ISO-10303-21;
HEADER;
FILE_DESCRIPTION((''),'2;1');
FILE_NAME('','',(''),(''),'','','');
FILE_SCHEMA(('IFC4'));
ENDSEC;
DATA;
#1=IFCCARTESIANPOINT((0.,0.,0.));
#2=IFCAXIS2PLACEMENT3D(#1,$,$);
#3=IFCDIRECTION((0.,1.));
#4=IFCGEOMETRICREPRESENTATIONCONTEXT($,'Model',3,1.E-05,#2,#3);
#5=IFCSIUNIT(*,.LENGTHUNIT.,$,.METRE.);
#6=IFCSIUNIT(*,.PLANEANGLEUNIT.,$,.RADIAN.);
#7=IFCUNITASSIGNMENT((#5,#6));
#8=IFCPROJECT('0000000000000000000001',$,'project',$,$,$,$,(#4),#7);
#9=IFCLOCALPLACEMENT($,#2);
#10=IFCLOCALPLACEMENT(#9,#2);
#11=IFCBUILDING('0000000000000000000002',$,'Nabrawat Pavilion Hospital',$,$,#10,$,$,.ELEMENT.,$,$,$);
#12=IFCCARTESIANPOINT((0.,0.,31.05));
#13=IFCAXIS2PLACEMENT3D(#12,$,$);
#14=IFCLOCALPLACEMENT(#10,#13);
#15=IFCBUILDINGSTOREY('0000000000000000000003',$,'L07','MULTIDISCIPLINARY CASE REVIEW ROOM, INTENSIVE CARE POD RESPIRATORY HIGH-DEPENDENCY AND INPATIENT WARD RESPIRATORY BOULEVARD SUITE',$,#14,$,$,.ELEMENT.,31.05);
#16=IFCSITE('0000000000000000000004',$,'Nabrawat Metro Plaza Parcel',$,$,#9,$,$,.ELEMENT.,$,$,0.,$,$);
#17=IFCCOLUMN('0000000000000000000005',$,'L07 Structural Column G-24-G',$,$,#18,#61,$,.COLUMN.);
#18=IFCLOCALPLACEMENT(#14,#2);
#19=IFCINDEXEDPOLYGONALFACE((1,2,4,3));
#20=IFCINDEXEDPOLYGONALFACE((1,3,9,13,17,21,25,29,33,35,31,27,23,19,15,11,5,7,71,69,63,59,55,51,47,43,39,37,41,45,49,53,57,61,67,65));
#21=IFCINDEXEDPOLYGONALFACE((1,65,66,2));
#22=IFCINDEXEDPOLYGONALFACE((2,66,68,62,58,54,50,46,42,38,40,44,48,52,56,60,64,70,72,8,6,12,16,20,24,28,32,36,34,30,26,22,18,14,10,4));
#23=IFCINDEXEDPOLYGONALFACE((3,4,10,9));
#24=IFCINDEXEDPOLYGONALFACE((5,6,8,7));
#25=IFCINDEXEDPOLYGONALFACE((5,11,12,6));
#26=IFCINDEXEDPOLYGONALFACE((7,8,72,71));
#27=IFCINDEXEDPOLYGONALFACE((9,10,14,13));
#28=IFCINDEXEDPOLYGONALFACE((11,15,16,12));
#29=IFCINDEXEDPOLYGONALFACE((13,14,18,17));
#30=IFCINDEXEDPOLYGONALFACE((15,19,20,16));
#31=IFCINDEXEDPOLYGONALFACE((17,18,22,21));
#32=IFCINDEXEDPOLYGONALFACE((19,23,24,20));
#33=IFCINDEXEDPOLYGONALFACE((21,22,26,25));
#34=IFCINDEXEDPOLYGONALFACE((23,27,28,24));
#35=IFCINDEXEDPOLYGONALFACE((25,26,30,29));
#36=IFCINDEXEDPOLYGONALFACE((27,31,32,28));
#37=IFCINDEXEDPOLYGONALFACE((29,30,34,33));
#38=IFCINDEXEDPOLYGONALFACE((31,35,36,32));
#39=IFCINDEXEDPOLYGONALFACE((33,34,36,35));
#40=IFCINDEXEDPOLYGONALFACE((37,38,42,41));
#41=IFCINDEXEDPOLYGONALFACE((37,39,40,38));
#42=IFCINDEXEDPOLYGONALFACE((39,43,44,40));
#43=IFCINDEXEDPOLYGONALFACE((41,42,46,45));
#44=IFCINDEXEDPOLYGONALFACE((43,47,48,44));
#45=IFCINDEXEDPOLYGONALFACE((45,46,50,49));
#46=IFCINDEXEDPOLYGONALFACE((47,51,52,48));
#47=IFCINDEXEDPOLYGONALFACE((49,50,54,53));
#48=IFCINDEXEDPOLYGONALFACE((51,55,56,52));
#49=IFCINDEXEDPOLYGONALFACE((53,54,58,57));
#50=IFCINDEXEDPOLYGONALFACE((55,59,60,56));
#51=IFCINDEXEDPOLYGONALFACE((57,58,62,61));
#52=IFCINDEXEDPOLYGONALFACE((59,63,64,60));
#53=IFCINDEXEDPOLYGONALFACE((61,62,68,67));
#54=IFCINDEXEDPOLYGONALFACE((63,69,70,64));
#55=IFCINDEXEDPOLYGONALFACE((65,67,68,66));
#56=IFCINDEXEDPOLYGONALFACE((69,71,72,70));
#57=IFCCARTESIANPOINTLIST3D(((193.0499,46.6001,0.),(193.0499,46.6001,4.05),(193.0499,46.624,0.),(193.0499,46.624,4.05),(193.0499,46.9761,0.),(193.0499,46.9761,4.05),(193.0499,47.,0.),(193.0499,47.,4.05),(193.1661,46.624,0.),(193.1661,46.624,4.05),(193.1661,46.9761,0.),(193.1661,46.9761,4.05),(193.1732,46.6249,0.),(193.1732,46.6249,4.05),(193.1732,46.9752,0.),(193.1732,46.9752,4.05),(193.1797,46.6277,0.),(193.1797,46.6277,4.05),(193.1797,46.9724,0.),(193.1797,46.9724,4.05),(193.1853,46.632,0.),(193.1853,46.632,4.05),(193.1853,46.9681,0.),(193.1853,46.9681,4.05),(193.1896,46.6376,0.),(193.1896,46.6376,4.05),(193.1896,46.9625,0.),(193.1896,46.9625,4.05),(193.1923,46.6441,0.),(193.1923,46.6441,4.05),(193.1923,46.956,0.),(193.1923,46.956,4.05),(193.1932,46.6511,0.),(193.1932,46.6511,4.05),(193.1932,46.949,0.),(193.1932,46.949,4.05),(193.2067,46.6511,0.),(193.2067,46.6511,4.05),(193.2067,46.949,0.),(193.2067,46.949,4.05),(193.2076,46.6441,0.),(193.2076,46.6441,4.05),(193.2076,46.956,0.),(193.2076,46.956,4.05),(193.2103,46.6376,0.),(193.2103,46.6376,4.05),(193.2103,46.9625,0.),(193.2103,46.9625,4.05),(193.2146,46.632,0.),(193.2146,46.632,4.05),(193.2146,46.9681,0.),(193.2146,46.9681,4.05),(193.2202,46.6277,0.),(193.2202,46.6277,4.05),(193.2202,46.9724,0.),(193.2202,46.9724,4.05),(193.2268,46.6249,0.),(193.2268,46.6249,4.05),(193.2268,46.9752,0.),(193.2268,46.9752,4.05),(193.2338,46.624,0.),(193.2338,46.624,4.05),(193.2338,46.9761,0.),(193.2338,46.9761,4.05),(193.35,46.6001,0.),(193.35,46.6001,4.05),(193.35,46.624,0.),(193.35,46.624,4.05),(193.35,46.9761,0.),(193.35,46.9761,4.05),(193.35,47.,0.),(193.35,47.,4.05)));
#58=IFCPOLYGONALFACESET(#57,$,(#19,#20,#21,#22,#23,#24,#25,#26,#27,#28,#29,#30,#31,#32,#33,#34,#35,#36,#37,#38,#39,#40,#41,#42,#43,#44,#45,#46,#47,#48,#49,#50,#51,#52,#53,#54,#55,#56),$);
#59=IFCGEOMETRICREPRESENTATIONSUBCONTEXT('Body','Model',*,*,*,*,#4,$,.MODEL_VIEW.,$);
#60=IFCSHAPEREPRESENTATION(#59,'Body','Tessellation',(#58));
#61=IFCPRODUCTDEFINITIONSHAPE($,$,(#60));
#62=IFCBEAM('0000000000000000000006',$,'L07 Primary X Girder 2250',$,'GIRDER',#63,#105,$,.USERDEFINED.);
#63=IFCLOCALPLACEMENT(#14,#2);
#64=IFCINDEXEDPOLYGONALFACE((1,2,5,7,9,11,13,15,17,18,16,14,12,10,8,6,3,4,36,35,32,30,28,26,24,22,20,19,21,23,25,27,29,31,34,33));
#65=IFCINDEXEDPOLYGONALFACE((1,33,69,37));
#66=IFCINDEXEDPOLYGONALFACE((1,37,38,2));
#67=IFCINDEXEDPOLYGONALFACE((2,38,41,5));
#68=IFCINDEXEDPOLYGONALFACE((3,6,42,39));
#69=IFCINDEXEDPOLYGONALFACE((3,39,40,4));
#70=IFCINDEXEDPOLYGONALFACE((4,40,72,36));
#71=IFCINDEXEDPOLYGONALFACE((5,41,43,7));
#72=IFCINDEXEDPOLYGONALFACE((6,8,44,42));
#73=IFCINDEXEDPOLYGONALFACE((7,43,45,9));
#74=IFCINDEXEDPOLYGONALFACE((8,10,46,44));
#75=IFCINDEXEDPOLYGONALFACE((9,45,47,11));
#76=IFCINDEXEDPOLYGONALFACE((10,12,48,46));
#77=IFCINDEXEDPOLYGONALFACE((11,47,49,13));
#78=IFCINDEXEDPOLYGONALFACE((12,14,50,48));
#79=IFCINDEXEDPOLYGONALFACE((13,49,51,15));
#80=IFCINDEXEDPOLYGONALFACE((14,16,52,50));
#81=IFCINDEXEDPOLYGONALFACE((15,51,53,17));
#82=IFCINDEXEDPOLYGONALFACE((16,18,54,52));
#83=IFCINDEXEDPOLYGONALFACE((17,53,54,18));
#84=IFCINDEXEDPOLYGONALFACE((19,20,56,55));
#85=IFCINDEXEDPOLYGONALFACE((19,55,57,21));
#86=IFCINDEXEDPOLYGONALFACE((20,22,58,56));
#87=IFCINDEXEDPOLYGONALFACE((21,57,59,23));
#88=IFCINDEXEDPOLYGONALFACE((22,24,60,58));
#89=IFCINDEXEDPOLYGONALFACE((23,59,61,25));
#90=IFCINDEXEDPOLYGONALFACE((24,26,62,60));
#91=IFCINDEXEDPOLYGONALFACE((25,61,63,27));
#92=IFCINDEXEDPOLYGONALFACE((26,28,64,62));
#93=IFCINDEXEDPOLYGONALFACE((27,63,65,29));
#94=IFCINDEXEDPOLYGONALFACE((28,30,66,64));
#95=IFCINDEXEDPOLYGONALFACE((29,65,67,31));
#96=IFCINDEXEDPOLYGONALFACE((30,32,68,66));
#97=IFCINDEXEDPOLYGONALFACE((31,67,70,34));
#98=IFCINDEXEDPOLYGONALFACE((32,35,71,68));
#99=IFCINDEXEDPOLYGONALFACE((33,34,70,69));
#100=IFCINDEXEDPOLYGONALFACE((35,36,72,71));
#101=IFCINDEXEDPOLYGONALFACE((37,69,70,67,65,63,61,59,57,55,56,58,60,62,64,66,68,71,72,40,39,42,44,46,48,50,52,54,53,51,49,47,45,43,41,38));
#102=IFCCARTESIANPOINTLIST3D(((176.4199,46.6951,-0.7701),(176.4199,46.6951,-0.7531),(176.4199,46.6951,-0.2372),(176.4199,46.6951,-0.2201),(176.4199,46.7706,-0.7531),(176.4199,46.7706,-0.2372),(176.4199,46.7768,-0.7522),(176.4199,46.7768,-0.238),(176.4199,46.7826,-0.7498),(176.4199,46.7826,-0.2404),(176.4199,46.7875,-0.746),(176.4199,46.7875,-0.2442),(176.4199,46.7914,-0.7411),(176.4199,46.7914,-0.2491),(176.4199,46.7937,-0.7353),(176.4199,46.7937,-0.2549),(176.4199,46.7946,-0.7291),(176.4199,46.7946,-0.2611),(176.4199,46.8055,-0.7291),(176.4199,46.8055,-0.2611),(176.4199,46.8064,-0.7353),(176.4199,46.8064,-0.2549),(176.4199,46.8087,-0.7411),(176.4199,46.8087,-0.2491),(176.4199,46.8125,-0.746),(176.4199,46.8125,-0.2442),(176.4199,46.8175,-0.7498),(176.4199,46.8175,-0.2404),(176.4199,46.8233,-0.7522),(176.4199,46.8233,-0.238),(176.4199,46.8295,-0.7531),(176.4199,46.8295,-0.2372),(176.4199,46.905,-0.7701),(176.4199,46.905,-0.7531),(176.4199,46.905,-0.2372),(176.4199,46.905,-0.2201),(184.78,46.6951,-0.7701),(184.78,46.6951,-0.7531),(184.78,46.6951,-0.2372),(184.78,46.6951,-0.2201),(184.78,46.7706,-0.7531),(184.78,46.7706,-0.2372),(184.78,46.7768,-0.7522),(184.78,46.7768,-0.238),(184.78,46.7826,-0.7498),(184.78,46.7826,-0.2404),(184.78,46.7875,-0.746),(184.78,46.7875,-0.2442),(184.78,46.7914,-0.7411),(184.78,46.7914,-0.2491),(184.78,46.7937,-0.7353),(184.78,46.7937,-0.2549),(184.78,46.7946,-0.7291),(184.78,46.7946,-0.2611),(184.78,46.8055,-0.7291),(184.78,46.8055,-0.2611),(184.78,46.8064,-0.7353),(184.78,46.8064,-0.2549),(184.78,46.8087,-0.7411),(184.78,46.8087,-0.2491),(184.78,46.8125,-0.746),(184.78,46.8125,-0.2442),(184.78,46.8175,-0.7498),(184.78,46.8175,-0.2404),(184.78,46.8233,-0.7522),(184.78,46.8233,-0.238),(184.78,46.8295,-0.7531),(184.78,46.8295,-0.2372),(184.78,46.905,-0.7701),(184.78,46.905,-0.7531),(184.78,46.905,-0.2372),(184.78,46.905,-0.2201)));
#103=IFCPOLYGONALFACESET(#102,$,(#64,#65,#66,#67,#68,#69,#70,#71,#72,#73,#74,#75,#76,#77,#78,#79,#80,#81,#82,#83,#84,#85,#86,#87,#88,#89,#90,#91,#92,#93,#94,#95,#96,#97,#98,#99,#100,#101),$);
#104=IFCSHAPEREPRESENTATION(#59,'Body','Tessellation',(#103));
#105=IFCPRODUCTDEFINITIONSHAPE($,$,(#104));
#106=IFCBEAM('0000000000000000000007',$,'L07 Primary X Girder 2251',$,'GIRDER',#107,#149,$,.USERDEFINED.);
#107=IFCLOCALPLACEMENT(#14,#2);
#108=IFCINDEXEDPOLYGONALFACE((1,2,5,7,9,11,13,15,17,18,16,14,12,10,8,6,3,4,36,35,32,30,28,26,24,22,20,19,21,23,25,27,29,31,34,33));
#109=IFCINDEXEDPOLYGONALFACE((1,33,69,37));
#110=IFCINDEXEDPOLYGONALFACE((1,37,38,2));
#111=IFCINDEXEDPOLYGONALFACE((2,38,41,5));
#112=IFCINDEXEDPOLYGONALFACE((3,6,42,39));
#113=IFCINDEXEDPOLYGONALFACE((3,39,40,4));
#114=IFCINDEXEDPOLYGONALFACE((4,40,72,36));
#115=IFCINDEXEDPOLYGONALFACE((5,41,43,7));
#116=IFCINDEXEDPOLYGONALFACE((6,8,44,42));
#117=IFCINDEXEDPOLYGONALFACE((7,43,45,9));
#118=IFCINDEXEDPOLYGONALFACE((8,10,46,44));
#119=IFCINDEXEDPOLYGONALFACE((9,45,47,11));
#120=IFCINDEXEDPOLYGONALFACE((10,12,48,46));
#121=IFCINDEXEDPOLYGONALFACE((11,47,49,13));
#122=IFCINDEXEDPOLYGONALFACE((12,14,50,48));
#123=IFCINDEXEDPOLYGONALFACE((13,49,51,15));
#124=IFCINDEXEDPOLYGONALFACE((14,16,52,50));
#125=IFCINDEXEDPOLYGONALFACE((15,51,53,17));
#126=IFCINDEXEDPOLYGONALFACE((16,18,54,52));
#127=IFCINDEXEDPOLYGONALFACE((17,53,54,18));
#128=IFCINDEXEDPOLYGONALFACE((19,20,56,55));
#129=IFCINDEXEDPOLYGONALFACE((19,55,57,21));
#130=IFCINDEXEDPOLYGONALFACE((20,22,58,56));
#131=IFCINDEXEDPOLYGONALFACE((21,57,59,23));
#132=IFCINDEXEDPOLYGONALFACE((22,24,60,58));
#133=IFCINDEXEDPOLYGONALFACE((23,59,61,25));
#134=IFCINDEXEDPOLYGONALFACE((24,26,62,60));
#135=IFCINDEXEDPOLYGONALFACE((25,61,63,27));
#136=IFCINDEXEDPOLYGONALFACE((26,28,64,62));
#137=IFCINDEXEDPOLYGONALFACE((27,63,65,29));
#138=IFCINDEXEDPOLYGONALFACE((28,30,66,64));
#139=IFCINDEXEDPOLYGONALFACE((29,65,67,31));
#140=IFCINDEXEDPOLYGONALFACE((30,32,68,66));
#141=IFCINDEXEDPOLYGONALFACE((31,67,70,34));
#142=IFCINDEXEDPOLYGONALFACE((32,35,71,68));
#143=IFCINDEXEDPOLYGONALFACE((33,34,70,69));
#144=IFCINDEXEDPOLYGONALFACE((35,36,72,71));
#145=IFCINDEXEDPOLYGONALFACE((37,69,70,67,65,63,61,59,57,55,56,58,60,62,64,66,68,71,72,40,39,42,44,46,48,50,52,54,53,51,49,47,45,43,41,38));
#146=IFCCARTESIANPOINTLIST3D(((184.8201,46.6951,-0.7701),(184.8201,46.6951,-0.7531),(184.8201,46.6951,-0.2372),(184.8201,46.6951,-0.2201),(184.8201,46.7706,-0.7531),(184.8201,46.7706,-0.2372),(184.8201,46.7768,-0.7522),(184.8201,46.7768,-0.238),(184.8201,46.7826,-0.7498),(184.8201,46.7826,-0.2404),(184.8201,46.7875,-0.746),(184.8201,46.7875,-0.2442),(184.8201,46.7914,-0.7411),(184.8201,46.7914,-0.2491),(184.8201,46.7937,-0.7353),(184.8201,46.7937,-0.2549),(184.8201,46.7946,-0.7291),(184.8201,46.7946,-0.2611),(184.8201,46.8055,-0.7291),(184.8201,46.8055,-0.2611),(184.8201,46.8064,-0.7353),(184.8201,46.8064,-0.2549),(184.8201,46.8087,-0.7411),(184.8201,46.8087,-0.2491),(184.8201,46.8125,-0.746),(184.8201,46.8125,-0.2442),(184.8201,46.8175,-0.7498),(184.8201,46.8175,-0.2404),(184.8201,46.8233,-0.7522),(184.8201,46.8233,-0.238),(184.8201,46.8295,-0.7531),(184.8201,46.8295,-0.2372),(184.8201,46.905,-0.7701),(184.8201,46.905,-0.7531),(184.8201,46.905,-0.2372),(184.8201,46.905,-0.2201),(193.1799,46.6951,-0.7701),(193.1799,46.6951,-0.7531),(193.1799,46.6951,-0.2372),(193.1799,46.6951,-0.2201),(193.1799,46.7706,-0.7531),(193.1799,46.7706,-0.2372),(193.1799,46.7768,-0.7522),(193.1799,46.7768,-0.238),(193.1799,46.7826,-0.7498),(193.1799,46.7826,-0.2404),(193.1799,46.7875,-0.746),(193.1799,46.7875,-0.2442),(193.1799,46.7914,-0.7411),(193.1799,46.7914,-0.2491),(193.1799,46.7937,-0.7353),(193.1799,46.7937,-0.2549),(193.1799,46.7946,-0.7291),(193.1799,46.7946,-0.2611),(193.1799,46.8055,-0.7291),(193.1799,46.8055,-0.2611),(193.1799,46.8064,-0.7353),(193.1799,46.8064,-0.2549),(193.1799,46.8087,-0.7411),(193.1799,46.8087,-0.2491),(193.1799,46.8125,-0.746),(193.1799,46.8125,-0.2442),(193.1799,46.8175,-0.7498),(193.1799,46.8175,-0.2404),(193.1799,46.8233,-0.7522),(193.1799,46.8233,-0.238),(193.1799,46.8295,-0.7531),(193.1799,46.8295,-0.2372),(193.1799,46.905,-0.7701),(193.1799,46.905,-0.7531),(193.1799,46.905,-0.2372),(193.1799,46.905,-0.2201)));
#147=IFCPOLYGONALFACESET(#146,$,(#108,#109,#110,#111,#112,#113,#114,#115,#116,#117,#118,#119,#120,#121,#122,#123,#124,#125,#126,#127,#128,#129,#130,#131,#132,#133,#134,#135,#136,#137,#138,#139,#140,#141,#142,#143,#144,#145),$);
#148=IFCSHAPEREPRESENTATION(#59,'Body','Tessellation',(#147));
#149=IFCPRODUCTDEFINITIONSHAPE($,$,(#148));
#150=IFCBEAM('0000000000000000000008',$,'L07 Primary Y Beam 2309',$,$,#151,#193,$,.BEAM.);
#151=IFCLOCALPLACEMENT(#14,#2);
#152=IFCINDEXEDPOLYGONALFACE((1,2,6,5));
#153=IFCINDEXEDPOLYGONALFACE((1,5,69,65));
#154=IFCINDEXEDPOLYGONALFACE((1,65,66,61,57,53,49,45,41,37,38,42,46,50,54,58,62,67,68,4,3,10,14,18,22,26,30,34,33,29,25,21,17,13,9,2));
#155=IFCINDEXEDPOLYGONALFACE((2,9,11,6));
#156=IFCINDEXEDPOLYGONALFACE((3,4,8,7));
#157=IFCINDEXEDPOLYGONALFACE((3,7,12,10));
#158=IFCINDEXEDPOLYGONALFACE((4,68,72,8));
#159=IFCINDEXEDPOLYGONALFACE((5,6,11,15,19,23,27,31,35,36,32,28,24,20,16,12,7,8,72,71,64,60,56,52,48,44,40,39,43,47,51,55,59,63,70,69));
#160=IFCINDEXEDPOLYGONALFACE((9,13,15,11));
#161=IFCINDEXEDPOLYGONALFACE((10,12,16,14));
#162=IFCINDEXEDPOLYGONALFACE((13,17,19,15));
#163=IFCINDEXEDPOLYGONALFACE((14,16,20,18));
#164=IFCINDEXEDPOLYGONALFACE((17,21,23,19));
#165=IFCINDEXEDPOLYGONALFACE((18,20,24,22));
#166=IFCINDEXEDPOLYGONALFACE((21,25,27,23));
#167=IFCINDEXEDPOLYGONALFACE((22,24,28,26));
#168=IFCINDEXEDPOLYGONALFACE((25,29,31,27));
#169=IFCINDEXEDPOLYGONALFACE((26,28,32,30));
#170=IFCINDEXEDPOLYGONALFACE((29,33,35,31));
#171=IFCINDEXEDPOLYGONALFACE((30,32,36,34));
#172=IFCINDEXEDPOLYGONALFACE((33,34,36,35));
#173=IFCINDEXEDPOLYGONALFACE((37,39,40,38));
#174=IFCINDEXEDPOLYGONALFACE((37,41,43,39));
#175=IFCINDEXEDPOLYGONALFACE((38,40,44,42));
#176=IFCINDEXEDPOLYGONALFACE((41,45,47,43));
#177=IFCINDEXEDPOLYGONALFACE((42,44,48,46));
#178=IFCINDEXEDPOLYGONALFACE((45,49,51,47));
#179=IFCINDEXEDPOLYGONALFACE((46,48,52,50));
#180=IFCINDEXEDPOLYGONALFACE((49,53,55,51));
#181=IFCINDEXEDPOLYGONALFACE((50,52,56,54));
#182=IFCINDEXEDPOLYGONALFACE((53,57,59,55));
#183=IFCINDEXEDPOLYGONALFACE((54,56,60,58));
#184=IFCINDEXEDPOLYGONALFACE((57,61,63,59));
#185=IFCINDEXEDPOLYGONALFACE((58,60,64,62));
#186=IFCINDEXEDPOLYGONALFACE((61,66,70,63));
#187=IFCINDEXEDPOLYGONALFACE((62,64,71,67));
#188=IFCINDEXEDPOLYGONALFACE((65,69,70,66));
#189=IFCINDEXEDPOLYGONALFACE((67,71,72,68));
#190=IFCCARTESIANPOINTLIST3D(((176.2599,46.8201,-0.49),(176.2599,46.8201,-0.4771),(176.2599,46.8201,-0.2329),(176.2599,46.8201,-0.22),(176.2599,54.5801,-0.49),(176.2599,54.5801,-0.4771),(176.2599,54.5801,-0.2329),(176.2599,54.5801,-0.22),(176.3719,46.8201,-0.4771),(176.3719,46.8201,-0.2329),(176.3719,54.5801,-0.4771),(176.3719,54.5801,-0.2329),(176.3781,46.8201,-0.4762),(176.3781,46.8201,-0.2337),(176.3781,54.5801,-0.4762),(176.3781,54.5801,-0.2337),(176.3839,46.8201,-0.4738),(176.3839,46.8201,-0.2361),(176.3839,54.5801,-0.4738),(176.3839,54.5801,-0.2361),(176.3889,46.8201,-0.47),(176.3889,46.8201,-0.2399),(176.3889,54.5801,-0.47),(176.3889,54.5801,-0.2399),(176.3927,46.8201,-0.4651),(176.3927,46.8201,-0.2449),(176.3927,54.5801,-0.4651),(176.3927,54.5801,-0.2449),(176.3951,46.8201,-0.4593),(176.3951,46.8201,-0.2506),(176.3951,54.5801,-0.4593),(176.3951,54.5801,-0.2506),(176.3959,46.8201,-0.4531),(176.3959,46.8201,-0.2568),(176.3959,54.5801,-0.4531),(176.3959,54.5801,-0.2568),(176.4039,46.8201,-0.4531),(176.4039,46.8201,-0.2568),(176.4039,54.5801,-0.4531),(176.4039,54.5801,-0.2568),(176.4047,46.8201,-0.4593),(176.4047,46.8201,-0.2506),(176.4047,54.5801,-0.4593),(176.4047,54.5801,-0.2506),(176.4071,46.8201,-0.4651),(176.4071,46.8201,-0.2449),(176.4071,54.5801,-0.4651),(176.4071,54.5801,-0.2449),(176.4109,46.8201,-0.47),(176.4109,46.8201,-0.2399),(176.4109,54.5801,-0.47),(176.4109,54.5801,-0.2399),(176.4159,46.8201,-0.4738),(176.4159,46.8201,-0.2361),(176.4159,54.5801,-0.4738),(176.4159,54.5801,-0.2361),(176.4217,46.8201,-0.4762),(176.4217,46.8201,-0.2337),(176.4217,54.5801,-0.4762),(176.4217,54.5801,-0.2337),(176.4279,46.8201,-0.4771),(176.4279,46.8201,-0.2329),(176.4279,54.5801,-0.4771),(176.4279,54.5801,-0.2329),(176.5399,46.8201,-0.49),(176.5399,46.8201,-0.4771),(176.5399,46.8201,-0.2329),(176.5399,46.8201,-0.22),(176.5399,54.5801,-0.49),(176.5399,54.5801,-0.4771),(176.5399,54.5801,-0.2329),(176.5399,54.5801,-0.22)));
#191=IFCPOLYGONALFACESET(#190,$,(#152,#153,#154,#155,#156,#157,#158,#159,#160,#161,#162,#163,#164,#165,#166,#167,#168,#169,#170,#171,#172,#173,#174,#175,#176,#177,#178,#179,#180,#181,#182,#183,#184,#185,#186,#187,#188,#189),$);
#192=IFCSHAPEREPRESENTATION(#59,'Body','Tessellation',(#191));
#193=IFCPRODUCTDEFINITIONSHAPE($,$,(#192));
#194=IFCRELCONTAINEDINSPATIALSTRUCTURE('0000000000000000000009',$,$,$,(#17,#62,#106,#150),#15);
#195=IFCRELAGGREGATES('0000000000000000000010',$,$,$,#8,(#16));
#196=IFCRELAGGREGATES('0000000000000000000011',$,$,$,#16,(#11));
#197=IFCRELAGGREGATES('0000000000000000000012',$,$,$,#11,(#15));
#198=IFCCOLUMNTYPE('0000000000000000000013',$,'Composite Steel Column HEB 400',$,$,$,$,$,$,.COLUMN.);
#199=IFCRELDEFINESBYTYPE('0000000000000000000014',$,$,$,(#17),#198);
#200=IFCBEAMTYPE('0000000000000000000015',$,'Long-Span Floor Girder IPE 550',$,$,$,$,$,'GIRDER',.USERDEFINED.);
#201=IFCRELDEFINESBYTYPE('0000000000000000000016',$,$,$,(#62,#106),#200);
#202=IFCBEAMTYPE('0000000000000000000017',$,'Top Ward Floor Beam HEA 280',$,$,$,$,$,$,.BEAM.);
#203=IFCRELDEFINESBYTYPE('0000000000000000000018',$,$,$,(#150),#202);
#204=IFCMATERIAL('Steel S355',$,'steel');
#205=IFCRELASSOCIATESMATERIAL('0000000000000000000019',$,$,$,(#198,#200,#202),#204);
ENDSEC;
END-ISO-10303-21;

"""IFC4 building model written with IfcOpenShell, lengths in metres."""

from ifc_helpers import new_model, si_unit, direction, frame, origin, origin_2d, place, context, subcontext, project, spatial, i_section, extrude, material, material_profile, profile_set, type_object, element, save


model = new_model("IFC4")

# Units and contexts
model_context = context("Model", 3, precision=1e-05, world=origin(), true_north=direction((0.0, 1.0)))
body_context = subcontext(model_context, "Body", "Model", "MODEL_VIEW")
ifc_project = project(units=[si_unit("LENGTHUNIT", "METRE"), si_unit("PLANEANGLEUNIT", "RADIAN")], contexts=[model_context])

# Site, building, storey
site_placement = place(None, origin())
site = spatial("IfcSite", under=ifc_project, at=site_placement, Name="Nabrawat Metro Plaza Parcel", CompositionType="ELEMENT", RefElevation=0.0)
building_placement = place(site_placement, origin())
building = spatial("IfcBuilding", under=site, at=building_placement, Name="Nabrawat Pavilion Hospital", CompositionType="ELEMENT")
storey_placement = place(building_placement, frame((0.0, 0.0, 31.05)))
storey = spatial("IfcBuildingStorey", under=building, at=storey_placement, Name="L07", Description="MULTIDISCIPLINARY CASE REVIEW ROOM, INTENSIVE CARE POD RESPIRATORY HIGH-DEPENDENCY AND INPATIENT WARD RESPIRATORY BOULEVARD SUITE", CompositionType="ELEMENT", Elevation=31.05)

# Column
ifc_material_1 = material(Name="Steel S355", Category="steel")
ifc_material_profile_1 = material_profile(ifc_material_1, i_section(OverallWidth=0.3, OverallDepth=0.3999, WebThickness=0.0134, FlangeThickness=0.0239, FilletRadius=0.0271, at=origin_2d()), Name="HEB 400")
ifc_profile_set_1 = profile_set([ifc_material_profile_1], Name="Steel S355")
column_type = type_object("IfcColumnType", Name="Composite Steel Column HEB 400", PredefinedType="COLUMN", material=ifc_profile_set_1)
for number, where, z_axis, x_axis, name in (
    (1, (193.2, 46.8, 0.0), (0.0, 0.0, 1.0), (1.0, 0.0, 0.0), "L07 Structural Column G-24-G"),
):
    element("IfcColumn", number, at=place(storey_placement, frame(where, z_axis=z_axis, x_axis=x_axis)), inside=storey, type_object=column_type, Name=name, PredefinedType="COLUMN", context=body_context, shape_type="SweptSolid", body=[
        extrude(i_section(OverallWidth=0.3, OverallDepth=0.3999, WebThickness=0.0134, FlangeThickness=0.0239, FilletRadius=0.0271, at=origin_2d()), origin(), (0.0, 0.0, 1.0), 4.05),
    ])

# Beams
ifc_material_profile_2 = material_profile(ifc_material_1, i_section(OverallWidth=0.21, OverallDepth=0.55, WebThickness=0.011, FlangeThickness=0.0171, FilletRadius=0.0239, at=origin_2d()), Name="IPE 550")
ifc_profile_set_2 = profile_set([ifc_material_profile_2], Name="Steel S355")
beam_type_1 = type_object("IfcBeamType", Name="Long-Span Floor Girder IPE 550", ElementType="GIRDER", PredefinedType="USERDEFINED", material=ifc_profile_set_2)
beam_1_placement = place(storey_placement, frame((176.4199, 46.8, -0.4951), z_axis=(1.0, 0.0, 0.0), x_axis=(0.0, 1.0, 0.0)))
element("IfcBeam", 2, at=beam_1_placement, inside=storey, type_object=beam_type_1, Name="L07 Primary X Girder 2250", ObjectType="GIRDER", PredefinedType="USERDEFINED", context=body_context, shape_type="SweptSolid", body=[
    extrude(i_section(OverallWidth=0.21, OverallDepth=0.55, WebThickness=0.011, FlangeThickness=0.0171, FilletRadius=0.0239, at=origin_2d()), origin(), (0.0, 0.0, 1.0), 8.3601),
])
beam_2_placement = place(storey_placement, frame((184.8201, 46.8, -0.4951), z_axis=(1.0, 0.0, 0.0), x_axis=(0.0, 1.0, 0.0)))
element("IfcBeam", 3, at=beam_2_placement, inside=storey, type_object=beam_type_1, Name="L07 Primary X Girder 2251", ObjectType="GIRDER", PredefinedType="USERDEFINED", context=body_context, shape_type="SweptSolid", body=[
    extrude(i_section(OverallWidth=0.21, OverallDepth=0.55, WebThickness=0.011, FlangeThickness=0.0171, FilletRadius=0.0239, at=origin_2d()), origin(), (0.0, 0.0, 1.0), 8.3599),
])
ifc_material_profile_3 = material_profile(ifc_material_1, i_section(OverallWidth=0.28, OverallDepth=0.27, WebThickness=0.0081, FlangeThickness=0.0129, FilletRadius=0.0239, at=origin_2d()), Name="HEA 280")
ifc_profile_set_3 = profile_set([ifc_material_profile_3], Name="Steel S355")
beam_type_2 = type_object("IfcBeamType", Name="Top Ward Floor Beam HEA 280", PredefinedType="BEAM", material=ifc_profile_set_3)
for number, where, z_axis, x_axis, name in (
    (4, (176.3999, 46.8201, -0.355), (0.0, 1.0, 0.0), (-1.0, 0.0, 0.0), "L07 Primary Y Beam 2309"),
):
    element("IfcBeam", number, at=place(storey_placement, frame(where, z_axis=z_axis, x_axis=x_axis)), inside=storey, type_object=beam_type_2, Name=name, PredefinedType="BEAM", context=body_context, shape_type="SweptSolid", body=[
        extrude(i_section(OverallWidth=0.28, OverallDepth=0.27, WebThickness=0.0081, FlangeThickness=0.0129, FilletRadius=0.0239, at=origin_2d()), origin(), (0.0, 0.0, 1.0), 7.76),
    ])

save(model, "model.ifc")
